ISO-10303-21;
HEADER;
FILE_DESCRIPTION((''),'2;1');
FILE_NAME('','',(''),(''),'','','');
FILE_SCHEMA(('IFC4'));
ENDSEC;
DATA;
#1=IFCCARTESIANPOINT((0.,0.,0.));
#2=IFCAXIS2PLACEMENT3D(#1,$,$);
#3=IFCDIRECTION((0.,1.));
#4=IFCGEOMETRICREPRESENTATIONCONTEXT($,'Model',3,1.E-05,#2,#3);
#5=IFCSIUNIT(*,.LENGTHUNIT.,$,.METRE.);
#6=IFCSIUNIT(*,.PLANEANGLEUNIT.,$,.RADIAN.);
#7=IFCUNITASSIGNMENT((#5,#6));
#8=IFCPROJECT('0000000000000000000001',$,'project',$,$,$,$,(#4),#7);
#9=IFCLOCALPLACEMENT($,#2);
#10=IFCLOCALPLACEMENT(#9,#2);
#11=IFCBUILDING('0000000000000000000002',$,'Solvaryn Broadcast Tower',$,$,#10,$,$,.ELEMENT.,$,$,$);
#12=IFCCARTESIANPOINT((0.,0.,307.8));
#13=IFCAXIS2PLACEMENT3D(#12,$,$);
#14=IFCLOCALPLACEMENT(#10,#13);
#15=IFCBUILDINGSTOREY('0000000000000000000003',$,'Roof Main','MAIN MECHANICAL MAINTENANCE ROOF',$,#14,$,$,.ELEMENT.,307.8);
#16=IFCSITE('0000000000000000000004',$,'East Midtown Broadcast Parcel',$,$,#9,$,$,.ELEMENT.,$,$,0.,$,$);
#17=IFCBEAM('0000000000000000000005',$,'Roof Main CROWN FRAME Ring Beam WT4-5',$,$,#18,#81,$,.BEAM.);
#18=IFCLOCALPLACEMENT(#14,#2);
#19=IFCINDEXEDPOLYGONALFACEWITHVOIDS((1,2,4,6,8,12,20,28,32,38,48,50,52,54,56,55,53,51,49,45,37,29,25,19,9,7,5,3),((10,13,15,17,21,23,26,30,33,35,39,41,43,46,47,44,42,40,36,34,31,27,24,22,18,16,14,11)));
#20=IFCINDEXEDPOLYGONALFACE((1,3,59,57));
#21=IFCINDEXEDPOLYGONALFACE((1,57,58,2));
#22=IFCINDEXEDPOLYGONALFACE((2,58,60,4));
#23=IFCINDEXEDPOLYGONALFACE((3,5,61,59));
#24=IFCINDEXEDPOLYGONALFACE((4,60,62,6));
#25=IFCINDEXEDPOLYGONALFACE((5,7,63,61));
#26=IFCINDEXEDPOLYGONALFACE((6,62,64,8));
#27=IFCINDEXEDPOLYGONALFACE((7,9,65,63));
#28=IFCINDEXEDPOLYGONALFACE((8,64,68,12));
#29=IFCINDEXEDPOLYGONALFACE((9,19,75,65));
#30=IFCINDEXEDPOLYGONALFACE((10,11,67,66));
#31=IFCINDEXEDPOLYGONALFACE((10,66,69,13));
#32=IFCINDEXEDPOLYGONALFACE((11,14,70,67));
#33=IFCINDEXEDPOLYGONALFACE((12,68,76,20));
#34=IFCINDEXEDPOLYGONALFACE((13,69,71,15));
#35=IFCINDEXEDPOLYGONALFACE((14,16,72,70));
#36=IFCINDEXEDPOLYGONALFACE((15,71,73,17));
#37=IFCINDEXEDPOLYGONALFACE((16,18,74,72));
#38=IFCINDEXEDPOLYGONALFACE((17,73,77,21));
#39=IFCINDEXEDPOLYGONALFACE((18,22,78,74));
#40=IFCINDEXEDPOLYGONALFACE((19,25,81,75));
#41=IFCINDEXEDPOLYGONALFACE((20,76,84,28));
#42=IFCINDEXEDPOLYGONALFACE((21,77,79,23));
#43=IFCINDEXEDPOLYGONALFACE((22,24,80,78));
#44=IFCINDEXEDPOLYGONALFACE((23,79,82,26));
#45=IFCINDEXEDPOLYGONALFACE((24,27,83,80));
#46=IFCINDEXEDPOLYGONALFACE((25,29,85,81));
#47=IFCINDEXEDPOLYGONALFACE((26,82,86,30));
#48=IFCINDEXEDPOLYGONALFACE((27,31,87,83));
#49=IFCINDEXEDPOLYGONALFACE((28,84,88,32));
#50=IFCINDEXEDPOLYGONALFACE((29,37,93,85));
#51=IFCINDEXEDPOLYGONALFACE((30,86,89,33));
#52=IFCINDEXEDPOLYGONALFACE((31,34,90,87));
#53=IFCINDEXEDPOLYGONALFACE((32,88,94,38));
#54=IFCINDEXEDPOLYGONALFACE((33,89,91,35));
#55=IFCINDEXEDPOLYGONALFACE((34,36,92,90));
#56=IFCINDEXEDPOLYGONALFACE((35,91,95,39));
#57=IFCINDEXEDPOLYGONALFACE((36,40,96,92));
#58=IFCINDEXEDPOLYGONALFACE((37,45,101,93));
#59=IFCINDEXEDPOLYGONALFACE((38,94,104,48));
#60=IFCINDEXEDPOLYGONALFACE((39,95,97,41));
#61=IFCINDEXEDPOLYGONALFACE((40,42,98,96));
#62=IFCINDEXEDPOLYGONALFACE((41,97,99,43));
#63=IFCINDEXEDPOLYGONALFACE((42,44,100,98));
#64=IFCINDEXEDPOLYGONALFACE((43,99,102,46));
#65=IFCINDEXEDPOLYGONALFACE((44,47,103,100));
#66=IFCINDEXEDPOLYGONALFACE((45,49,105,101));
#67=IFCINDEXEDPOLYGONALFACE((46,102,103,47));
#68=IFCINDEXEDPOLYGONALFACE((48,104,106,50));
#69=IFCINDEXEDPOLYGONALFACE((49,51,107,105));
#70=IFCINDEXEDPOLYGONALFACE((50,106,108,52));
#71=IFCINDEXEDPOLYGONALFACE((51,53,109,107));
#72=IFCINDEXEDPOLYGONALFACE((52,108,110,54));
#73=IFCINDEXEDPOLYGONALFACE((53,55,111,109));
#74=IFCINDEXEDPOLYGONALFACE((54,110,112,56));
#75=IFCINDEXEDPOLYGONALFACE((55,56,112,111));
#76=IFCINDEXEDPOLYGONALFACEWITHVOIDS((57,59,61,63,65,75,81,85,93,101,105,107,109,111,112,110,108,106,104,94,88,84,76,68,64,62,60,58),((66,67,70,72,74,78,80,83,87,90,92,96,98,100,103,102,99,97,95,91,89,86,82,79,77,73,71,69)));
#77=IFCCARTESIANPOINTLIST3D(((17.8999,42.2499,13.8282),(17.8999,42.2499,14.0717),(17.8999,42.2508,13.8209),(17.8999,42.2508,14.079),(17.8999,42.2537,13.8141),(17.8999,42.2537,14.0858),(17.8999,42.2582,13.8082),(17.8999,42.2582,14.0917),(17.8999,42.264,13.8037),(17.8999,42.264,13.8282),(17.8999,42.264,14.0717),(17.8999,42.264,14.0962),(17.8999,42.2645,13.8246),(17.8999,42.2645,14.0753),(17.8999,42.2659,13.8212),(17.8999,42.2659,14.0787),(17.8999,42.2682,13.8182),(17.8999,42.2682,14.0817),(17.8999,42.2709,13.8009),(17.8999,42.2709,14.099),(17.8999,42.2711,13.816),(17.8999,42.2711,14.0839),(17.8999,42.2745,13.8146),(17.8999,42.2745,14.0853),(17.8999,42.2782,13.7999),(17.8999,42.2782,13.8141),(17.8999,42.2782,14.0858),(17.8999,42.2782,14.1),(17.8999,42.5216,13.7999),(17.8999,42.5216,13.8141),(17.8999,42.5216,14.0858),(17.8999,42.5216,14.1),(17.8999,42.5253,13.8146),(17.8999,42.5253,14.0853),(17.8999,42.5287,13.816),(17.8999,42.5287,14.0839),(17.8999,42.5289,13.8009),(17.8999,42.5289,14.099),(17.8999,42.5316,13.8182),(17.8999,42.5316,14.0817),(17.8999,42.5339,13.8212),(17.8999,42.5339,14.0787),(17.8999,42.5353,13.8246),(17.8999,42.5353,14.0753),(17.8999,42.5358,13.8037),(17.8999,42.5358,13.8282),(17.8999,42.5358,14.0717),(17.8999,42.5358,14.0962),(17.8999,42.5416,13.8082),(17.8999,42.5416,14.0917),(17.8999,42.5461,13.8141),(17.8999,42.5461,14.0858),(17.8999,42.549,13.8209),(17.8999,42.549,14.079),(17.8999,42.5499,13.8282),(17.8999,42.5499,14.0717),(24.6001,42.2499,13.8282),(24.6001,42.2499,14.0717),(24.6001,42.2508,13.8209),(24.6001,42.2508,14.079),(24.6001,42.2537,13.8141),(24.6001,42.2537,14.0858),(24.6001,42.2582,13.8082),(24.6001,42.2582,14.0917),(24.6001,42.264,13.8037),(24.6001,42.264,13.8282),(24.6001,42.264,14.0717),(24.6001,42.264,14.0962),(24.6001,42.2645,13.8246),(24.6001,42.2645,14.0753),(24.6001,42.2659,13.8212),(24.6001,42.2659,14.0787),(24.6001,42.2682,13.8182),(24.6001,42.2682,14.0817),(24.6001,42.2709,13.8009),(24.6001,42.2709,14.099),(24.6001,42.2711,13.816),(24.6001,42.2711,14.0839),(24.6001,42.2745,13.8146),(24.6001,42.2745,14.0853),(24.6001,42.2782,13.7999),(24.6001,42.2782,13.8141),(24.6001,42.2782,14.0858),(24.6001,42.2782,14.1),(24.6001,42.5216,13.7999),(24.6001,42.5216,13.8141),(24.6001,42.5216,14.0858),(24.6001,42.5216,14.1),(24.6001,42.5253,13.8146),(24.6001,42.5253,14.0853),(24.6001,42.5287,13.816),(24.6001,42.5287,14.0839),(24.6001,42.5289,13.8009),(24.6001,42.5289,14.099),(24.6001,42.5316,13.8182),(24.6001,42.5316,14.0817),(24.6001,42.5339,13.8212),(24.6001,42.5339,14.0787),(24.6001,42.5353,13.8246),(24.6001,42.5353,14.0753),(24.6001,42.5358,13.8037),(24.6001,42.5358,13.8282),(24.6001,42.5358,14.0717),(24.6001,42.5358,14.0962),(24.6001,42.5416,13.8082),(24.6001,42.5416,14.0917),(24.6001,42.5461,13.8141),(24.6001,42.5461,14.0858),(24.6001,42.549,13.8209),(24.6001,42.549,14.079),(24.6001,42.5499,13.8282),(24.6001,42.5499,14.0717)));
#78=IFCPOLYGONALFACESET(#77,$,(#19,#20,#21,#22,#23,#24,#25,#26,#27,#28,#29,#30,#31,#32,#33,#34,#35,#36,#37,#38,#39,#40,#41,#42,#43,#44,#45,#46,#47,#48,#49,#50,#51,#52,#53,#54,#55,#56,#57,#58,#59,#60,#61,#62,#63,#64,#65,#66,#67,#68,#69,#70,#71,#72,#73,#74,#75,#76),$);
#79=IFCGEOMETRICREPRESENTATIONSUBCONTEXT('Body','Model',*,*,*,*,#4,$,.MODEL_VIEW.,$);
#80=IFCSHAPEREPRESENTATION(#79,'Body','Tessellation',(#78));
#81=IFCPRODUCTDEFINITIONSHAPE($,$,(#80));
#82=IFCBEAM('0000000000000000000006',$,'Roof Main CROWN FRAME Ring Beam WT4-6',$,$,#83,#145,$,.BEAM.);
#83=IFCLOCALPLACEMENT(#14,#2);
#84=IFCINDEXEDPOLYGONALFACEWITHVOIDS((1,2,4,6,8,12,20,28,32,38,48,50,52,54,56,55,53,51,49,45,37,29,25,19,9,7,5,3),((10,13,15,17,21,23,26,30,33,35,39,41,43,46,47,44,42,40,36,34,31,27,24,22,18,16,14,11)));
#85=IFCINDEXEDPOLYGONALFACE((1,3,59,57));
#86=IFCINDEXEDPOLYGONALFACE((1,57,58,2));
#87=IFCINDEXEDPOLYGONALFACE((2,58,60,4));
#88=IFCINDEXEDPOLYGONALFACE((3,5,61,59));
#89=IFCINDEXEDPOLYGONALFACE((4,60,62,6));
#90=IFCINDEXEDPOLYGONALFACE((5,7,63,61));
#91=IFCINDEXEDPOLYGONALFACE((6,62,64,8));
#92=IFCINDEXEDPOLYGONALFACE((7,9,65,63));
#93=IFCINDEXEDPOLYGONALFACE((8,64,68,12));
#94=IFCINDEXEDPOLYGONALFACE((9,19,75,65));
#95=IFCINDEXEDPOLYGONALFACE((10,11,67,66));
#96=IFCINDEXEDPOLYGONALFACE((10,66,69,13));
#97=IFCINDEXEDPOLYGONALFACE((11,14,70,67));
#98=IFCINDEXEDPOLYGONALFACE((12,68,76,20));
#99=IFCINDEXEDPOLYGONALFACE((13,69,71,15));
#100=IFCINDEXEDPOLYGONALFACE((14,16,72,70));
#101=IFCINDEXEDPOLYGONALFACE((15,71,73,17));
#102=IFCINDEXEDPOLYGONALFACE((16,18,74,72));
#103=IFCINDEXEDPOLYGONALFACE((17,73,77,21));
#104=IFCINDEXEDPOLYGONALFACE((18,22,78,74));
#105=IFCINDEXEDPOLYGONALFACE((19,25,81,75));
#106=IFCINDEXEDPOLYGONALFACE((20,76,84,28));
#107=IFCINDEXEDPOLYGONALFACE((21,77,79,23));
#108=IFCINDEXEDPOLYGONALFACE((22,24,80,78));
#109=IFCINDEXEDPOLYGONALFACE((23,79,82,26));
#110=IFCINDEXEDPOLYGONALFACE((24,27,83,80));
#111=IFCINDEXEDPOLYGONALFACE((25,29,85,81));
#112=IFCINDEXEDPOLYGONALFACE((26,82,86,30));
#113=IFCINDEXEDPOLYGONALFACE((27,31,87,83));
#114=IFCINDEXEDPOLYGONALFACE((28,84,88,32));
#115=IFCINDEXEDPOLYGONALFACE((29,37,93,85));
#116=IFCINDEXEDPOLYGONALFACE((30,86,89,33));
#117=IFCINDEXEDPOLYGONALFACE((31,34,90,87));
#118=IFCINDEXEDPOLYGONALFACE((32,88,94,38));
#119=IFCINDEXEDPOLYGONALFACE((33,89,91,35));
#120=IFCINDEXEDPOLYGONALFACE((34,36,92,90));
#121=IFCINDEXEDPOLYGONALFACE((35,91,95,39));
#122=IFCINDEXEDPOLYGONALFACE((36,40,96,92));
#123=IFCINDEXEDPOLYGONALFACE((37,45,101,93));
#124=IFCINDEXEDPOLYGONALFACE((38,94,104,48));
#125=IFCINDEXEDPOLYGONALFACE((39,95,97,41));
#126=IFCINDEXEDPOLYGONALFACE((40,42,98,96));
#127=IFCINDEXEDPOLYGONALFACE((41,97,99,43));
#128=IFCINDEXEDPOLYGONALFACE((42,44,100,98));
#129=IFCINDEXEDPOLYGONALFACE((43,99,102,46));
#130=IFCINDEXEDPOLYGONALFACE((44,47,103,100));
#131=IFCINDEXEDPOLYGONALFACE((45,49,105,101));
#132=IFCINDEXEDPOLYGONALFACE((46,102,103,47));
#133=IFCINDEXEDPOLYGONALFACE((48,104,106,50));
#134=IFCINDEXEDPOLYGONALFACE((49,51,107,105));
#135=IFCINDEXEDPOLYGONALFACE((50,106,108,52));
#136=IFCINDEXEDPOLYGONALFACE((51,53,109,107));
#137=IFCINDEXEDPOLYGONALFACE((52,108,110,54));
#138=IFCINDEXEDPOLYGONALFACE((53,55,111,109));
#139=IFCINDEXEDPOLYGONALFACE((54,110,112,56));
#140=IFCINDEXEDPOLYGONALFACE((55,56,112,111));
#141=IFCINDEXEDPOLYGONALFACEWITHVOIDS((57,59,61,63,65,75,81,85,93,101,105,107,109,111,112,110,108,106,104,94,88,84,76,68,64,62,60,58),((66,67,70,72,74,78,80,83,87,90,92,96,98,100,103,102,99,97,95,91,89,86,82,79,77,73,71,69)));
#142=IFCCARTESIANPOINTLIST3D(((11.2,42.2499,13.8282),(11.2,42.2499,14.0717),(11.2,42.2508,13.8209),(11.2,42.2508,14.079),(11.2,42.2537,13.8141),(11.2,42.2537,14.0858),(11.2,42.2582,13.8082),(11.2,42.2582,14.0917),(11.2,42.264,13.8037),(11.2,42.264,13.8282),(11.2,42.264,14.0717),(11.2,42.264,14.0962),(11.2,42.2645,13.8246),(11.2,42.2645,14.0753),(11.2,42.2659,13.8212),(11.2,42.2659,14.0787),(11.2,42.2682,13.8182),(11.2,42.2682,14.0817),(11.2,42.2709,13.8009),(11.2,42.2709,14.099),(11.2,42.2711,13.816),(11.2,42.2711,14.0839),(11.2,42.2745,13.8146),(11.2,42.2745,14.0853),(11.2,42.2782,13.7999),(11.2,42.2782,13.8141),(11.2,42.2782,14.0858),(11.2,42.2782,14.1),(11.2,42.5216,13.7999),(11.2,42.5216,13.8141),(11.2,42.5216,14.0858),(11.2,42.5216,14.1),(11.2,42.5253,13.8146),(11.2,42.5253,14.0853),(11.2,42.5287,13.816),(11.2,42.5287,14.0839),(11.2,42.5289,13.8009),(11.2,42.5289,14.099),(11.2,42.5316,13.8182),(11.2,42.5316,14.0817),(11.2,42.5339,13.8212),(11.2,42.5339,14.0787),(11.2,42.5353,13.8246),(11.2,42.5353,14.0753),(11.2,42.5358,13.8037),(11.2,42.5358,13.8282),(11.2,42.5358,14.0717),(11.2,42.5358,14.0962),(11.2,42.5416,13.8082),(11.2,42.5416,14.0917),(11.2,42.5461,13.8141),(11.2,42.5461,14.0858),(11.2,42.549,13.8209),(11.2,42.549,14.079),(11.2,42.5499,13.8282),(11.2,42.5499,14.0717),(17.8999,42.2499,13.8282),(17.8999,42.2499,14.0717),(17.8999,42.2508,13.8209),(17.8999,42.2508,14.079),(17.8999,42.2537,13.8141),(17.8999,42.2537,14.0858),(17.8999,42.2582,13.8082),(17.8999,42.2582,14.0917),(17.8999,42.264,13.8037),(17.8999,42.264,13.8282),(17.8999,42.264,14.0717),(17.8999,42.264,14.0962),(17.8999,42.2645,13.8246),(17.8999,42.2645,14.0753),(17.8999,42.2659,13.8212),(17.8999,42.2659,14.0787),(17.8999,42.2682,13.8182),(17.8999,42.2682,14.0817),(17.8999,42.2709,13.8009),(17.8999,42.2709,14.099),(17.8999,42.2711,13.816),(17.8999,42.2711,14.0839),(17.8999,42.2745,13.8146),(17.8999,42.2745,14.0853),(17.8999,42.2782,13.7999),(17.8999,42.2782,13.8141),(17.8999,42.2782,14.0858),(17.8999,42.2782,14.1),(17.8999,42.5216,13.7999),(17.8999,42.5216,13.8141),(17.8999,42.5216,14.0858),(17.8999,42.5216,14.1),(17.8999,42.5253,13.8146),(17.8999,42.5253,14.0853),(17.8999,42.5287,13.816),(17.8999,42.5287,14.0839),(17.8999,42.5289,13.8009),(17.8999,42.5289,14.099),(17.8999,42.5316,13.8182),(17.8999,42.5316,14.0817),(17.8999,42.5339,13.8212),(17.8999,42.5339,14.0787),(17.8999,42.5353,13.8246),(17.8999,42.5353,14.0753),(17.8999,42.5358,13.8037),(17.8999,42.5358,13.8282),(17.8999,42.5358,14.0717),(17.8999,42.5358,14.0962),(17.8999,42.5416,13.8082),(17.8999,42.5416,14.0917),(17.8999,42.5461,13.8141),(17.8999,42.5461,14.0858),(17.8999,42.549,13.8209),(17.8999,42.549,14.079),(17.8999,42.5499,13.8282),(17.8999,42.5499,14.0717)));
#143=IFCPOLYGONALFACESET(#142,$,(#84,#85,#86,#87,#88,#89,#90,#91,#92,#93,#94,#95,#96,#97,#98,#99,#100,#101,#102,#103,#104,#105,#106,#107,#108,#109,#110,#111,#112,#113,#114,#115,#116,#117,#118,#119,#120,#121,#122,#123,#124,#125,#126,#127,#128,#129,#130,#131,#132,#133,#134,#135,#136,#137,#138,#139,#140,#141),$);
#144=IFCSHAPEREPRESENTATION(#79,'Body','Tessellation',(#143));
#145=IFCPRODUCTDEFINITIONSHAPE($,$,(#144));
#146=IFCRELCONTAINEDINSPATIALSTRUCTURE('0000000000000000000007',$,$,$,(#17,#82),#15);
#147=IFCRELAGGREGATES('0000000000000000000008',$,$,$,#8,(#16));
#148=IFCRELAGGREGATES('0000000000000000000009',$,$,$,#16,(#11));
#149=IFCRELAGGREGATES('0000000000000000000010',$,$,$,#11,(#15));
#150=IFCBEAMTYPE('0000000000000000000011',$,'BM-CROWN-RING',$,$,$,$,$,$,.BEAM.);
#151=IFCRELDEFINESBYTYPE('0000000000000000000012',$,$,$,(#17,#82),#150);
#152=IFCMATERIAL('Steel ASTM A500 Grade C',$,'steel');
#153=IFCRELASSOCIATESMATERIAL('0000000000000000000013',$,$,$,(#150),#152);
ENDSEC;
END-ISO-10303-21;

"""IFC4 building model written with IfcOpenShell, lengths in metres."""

from ifc_helpers import new_model, si_unit, direction, frame, origin, origin_2d, place, context, subcontext, project, spatial, hollow_rectangle, extrude, material, material_profile, profile_set, type_object, element, save


model = new_model("IFC4")

# Units and contexts
model_context = context("Model", 3, precision=1e-05, world=origin(), true_north=direction((0.0, 1.0)))
body_context = subcontext(model_context, "Body", "Model", "MODEL_VIEW")
ifc_project = project(units=[si_unit("LENGTHUNIT", "METRE"), si_unit("PLANEANGLEUNIT", "RADIAN")], contexts=[model_context])

# Site, building, storey
site_placement = place(None, origin())
site = spatial("IfcSite", under=ifc_project, at=site_placement, Name="East Midtown Broadcast Parcel", CompositionType="ELEMENT", RefElevation=0.0)
building_placement = place(site_placement, origin())
building = spatial("IfcBuilding", under=site, at=building_placement, Name="Solvaryn Broadcast Tower", CompositionType="ELEMENT")
storey_placement = place(building_placement, frame((0.0, 0.0, 307.8)))
storey = spatial("IfcBuildingStorey", under=building, at=storey_placement, Name="Roof Main", Description="MAIN MECHANICAL MAINTENANCE ROOF", CompositionType="ELEMENT", Elevation=307.8)

# Beams
ifc_material_1 = material(Name="Steel ASTM A500 Grade C", Category="steel")
ifc_material_profile_1 = material_profile(ifc_material_1, hollow_rectangle(XDim=0.3, YDim=0.3, WallThickness=0.0142, InnerFilletRadius=0.0142, OuterFilletRadius=0.0283, at=origin_2d()))
ifc_profile_set_1 = profile_set([ifc_material_profile_1], Name="Steel ASTM A500 Grade C")
beam_type = type_object("IfcBeamType", Name="BM-CROWN-RING", PredefinedType="BEAM", material=ifc_profile_set_1)
beam_1_placement = place(storey_placement, frame((24.6001, 42.3999, 13.95), z_axis=(-1.0, 0.0, 0.0), x_axis=(0.0, -1.0, 0.0)))
element("IfcBeam", 1, at=beam_1_placement, inside=storey, type_object=beam_type, Name="Roof Main CROWN FRAME Ring Beam WT4-5", PredefinedType="BEAM", context=body_context, shape_type="SweptSolid", body=[
    extrude(hollow_rectangle(XDim=0.3, YDim=0.3, WallThickness=0.0142, InnerFilletRadius=0.0142, OuterFilletRadius=0.0283, at=origin_2d()), origin(), (0.0, 0.0, 1.0), 6.7002),
])
beam_2_placement = place(storey_placement, frame((17.8999, 42.3999, 13.95), z_axis=(-1.0, 0.0, 0.0), x_axis=(0.0, -1.0, 0.0)))
element("IfcBeam", 2, at=beam_2_placement, inside=storey, type_object=beam_type, Name="Roof Main CROWN FRAME Ring Beam WT4-6", PredefinedType="BEAM", context=body_context, shape_type="SweptSolid", body=[
    extrude(hollow_rectangle(XDim=0.3, YDim=0.3, WallThickness=0.0142, InnerFilletRadius=0.0142, OuterFilletRadius=0.0283, at=origin_2d()), origin(), (0.0, 0.0, 1.0), 6.7),
])

save(model, "model.ifc")
